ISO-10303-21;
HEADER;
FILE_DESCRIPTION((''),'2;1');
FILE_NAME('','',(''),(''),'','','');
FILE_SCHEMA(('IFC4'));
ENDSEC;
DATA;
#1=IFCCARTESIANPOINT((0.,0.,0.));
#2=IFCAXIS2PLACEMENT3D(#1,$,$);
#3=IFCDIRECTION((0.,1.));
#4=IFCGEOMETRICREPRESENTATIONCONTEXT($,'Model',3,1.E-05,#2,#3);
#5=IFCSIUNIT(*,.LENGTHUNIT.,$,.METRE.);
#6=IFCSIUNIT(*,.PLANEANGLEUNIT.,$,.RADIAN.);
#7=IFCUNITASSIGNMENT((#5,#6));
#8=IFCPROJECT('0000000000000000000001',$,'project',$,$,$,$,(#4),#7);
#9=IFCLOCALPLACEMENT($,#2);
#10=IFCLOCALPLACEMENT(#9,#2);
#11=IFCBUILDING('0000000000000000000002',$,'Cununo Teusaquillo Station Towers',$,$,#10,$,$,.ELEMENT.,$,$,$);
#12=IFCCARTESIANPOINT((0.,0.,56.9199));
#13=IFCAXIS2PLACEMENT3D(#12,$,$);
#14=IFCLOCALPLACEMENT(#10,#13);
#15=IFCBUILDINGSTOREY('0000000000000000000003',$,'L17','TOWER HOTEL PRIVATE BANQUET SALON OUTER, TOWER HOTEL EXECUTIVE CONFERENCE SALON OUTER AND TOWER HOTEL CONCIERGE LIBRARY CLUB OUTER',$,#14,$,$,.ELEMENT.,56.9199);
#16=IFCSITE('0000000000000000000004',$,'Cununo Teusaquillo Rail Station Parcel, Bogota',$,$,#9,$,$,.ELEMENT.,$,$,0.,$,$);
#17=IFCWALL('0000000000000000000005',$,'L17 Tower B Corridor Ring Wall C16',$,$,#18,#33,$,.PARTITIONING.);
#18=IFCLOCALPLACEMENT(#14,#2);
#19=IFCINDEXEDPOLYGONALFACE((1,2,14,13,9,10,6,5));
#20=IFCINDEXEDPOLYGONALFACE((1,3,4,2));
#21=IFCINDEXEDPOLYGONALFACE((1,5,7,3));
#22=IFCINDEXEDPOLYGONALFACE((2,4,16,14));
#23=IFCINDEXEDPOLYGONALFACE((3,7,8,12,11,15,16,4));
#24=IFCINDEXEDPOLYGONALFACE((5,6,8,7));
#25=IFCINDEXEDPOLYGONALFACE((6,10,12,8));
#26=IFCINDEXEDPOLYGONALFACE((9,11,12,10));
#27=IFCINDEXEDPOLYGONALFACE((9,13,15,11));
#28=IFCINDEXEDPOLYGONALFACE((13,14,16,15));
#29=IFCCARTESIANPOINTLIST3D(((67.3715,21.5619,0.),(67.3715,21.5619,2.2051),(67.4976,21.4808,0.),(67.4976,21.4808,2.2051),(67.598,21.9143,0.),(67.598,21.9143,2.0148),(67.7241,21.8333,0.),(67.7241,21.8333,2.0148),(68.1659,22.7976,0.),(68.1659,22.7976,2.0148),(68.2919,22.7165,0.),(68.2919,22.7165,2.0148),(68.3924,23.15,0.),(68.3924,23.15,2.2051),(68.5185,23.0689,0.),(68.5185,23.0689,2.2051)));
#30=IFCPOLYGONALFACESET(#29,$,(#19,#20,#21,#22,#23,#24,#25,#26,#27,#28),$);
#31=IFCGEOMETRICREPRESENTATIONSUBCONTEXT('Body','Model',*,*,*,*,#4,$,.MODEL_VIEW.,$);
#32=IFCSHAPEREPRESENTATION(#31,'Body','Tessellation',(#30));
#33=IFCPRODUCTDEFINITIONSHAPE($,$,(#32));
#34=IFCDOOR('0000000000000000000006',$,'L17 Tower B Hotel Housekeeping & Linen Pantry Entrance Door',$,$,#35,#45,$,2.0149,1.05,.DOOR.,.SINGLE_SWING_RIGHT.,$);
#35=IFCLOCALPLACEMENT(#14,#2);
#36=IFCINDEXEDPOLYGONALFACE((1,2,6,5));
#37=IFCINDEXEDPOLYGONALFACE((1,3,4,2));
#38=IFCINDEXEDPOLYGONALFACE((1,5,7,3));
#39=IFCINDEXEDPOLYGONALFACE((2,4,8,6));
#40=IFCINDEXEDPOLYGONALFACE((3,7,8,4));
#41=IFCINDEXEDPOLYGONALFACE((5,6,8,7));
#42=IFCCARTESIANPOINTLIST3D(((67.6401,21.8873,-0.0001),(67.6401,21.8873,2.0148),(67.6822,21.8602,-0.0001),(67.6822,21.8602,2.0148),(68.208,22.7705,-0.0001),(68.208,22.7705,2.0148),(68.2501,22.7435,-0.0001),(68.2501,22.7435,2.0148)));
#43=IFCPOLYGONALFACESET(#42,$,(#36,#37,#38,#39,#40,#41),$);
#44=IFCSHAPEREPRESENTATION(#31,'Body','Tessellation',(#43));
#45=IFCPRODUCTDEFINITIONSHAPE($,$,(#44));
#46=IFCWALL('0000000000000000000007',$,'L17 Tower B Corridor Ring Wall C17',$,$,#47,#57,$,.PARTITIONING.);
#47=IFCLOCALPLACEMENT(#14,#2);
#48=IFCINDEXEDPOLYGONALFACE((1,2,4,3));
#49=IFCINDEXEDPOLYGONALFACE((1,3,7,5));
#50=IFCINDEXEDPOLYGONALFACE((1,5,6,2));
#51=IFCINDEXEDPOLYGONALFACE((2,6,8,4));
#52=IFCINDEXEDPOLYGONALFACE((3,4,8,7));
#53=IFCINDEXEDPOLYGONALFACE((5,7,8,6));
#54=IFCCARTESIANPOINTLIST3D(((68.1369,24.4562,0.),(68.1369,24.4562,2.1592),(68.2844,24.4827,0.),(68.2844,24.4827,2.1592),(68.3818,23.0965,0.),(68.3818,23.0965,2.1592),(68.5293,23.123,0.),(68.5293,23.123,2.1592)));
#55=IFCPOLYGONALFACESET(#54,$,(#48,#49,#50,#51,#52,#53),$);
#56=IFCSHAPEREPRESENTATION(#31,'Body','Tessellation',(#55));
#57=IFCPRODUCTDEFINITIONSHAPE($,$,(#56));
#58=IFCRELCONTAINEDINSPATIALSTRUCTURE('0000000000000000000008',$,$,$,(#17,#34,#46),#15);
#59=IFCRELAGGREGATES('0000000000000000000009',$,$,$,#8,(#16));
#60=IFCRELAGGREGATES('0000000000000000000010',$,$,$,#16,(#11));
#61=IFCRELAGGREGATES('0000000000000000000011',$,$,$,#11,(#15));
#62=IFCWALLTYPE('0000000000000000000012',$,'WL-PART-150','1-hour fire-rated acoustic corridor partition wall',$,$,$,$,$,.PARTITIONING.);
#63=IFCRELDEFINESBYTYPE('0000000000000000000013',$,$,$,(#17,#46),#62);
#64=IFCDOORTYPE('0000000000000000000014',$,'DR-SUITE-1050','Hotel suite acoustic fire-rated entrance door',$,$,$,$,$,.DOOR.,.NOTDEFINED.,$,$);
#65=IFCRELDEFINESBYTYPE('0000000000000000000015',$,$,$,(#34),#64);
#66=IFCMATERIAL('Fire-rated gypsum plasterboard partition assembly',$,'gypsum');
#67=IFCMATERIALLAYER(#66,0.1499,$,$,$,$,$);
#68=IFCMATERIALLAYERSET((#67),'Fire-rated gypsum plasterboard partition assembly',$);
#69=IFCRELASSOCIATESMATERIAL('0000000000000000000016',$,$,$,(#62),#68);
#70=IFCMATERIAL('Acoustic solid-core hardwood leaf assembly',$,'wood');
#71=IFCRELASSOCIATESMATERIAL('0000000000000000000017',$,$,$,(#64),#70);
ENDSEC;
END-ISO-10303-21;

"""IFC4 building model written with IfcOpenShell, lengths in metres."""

from ifc_helpers import new_model, si_unit, direction, frame, frame_2d, origin, place, context, subcontext, project, spatial, rectangle, extrude, source, transform, mapped, material, layer, layer_set, type_object, element, fill, save


model = new_model("IFC4")

# Units and contexts
model_context = context("Model", 3, precision=1e-05, world=origin(), true_north=direction((0.0, 1.0)))
body_context = subcontext(model_context, "Body", "Model", "MODEL_VIEW")
ifc_project = project(units=[si_unit("LENGTHUNIT", "METRE"), si_unit("PLANEANGLEUNIT", "RADIAN")], contexts=[model_context])

# Site, building, storey
site_placement = place(None, origin())
site = spatial("IfcSite", under=ifc_project, at=site_placement, Name="Cununo Teusaquillo Rail Station Parcel, Bogota", CompositionType="ELEMENT", RefElevation=0.0)
building_placement = place(site_placement, origin())
building = spatial("IfcBuilding", under=site, at=building_placement, Name="Cununo Teusaquillo Station Towers", CompositionType="ELEMENT")
storey_placement = place(building_placement, frame((0.0, 0.0, 56.9199)))
storey = spatial("IfcBuildingStorey", under=building, at=storey_placement, Name="L17", Description="TOWER HOTEL PRIVATE BANQUET SALON OUTER, TOWER HOTEL EXECUTIVE CONFERENCE SALON OUTER AND TOWER HOTEL CONCIERGE LIBRARY CLUB OUTER", CompositionType="ELEMENT", Elevation=56.9199)

# Wall, opening, door
ifc_material_1 = material(Name="Fire-rated gypsum plasterboard partition assembly", Category="gypsum")
ifc_layer_1 = layer(ifc_material_1, 0.1499)
ifc_layer_set_1 = layer_set([ifc_layer_1], Name="Fire-rated gypsum plasterboard partition assembly")
wall_type_1 = type_object("IfcWallType", Name="WL-PART-150", Description="1-hour fire-rated acoustic corridor partition wall", PredefinedType="PARTITIONING", material=ifc_layer_set_1)
wall_1_placement = place(storey_placement, frame((67.4346, 21.5215, 0.0), z_axis=(0.0, 0.0, 1.0), x_axis=(0.540777, 0.841166, 0.0)))
wall_1 = element("IfcWall", 1, at=wall_1_placement, inside=storey, type_object=wall_type_1, Name="L17 Tower B Corridor Ring Wall C16", PredefinedType="PARTITIONING", context=body_context, shape_type="SweptSolid", body=[
    extrude(rectangle(XDim=1.8879, YDim=0.1499, at=frame_2d((0.9438, 0.0))), origin(), (0.0, 0.0, 1.0), 2.2051),
])
shared_shape_1 = source(origin(), body_context, "Body", "SweptSolid", [
    extrude(rectangle(XDim=1.05, YDim=2.0149, at=frame_2d((0.5249, 1.0073))), frame((0.0, 0.085, 0.0), z_axis=(0.0, -1.0, 0.0), x_axis=(1.0, 0.0, 0.0)), (0.0, 0.0, 1.0), 0.1699),
])
opening_1_placement = place(wall_1_placement, frame((0.4189, 0.0, 0.0)))
opening_1 = element("IfcOpeningElement", 2, at=opening_1_placement, cuts=wall_1, PredefinedType="OPENING", context=body_context, shape_type="MappedRepresentation", body=[
    mapped(shared_shape_1, transform((0.0, 0.0, 0.0), x_axis=(1.0, 0.0, 0.0), y_axis=(0.0, 1.0, 0.0), z_axis=(0.0, 0.0, 1.0), scale=1.0)),
])
ifc_material_2 = material(Name="Acoustic solid-core hardwood leaf assembly", Category="wood")
door_type = type_object("IfcDoorType", Name="DR-SUITE-1050", Description="Hotel suite acoustic fire-rated entrance door", OperationType="NOTDEFINED", PredefinedType="DOOR", material=ifc_material_2)
shared_shape_2 = source(origin(), body_context, "Body", "SweptSolid", [
    extrude(rectangle(XDim=1.05, YDim=2.0149, at=frame_2d((0.5249, 1.0073))), frame((0.0, 0.0249, 0.0), z_axis=(0.0, -1.0, 0.0), x_axis=(1.0, 0.0, 0.0)), (0.0, 0.0, 1.0), 0.05),
])
door_placement = place(opening_1_placement, origin())
door = element("IfcDoor", 3, at=door_placement, inside=storey, type_object=door_type, Name="L17 Tower B Hotel Housekeeping & Linen Pantry Entrance Door", OperationType="SINGLE_SWING_RIGHT", OverallHeight=2.0149, OverallWidth=1.05, PredefinedType="DOOR", context=body_context, shape_type="MappedRepresentation", body=[
    mapped(shared_shape_2, transform((0.0, 0.0, 0.0), x_axis=(1.0, 0.0, 0.0), y_axis=(0.0, 1.0, 0.0), z_axis=(0.0, 0.0, 1.0), scale=1.0)),
])
fill(opening_1, door)

# Wall
wall_2_placement = place(storey_placement, frame((68.4556, 23.1096, 0.0), z_axis=(0.0, 0.0, 1.0), x_axis=(-0.177252, 0.984165, 0.0)))
element("IfcWall", 4, at=wall_2_placement, inside=storey, type_object=wall_type_1, Name="L17 Tower B Corridor Ring Wall C17", PredefinedType="PARTITIONING", context=body_context, shape_type="SweptSolid", body=[
    extrude(rectangle(XDim=1.3816, YDim=0.1499, at=frame_2d((0.6909, 0.0))), origin(), (0.0, 0.0, 1.0), 2.1592),
])

save(model, "model.ifc")
